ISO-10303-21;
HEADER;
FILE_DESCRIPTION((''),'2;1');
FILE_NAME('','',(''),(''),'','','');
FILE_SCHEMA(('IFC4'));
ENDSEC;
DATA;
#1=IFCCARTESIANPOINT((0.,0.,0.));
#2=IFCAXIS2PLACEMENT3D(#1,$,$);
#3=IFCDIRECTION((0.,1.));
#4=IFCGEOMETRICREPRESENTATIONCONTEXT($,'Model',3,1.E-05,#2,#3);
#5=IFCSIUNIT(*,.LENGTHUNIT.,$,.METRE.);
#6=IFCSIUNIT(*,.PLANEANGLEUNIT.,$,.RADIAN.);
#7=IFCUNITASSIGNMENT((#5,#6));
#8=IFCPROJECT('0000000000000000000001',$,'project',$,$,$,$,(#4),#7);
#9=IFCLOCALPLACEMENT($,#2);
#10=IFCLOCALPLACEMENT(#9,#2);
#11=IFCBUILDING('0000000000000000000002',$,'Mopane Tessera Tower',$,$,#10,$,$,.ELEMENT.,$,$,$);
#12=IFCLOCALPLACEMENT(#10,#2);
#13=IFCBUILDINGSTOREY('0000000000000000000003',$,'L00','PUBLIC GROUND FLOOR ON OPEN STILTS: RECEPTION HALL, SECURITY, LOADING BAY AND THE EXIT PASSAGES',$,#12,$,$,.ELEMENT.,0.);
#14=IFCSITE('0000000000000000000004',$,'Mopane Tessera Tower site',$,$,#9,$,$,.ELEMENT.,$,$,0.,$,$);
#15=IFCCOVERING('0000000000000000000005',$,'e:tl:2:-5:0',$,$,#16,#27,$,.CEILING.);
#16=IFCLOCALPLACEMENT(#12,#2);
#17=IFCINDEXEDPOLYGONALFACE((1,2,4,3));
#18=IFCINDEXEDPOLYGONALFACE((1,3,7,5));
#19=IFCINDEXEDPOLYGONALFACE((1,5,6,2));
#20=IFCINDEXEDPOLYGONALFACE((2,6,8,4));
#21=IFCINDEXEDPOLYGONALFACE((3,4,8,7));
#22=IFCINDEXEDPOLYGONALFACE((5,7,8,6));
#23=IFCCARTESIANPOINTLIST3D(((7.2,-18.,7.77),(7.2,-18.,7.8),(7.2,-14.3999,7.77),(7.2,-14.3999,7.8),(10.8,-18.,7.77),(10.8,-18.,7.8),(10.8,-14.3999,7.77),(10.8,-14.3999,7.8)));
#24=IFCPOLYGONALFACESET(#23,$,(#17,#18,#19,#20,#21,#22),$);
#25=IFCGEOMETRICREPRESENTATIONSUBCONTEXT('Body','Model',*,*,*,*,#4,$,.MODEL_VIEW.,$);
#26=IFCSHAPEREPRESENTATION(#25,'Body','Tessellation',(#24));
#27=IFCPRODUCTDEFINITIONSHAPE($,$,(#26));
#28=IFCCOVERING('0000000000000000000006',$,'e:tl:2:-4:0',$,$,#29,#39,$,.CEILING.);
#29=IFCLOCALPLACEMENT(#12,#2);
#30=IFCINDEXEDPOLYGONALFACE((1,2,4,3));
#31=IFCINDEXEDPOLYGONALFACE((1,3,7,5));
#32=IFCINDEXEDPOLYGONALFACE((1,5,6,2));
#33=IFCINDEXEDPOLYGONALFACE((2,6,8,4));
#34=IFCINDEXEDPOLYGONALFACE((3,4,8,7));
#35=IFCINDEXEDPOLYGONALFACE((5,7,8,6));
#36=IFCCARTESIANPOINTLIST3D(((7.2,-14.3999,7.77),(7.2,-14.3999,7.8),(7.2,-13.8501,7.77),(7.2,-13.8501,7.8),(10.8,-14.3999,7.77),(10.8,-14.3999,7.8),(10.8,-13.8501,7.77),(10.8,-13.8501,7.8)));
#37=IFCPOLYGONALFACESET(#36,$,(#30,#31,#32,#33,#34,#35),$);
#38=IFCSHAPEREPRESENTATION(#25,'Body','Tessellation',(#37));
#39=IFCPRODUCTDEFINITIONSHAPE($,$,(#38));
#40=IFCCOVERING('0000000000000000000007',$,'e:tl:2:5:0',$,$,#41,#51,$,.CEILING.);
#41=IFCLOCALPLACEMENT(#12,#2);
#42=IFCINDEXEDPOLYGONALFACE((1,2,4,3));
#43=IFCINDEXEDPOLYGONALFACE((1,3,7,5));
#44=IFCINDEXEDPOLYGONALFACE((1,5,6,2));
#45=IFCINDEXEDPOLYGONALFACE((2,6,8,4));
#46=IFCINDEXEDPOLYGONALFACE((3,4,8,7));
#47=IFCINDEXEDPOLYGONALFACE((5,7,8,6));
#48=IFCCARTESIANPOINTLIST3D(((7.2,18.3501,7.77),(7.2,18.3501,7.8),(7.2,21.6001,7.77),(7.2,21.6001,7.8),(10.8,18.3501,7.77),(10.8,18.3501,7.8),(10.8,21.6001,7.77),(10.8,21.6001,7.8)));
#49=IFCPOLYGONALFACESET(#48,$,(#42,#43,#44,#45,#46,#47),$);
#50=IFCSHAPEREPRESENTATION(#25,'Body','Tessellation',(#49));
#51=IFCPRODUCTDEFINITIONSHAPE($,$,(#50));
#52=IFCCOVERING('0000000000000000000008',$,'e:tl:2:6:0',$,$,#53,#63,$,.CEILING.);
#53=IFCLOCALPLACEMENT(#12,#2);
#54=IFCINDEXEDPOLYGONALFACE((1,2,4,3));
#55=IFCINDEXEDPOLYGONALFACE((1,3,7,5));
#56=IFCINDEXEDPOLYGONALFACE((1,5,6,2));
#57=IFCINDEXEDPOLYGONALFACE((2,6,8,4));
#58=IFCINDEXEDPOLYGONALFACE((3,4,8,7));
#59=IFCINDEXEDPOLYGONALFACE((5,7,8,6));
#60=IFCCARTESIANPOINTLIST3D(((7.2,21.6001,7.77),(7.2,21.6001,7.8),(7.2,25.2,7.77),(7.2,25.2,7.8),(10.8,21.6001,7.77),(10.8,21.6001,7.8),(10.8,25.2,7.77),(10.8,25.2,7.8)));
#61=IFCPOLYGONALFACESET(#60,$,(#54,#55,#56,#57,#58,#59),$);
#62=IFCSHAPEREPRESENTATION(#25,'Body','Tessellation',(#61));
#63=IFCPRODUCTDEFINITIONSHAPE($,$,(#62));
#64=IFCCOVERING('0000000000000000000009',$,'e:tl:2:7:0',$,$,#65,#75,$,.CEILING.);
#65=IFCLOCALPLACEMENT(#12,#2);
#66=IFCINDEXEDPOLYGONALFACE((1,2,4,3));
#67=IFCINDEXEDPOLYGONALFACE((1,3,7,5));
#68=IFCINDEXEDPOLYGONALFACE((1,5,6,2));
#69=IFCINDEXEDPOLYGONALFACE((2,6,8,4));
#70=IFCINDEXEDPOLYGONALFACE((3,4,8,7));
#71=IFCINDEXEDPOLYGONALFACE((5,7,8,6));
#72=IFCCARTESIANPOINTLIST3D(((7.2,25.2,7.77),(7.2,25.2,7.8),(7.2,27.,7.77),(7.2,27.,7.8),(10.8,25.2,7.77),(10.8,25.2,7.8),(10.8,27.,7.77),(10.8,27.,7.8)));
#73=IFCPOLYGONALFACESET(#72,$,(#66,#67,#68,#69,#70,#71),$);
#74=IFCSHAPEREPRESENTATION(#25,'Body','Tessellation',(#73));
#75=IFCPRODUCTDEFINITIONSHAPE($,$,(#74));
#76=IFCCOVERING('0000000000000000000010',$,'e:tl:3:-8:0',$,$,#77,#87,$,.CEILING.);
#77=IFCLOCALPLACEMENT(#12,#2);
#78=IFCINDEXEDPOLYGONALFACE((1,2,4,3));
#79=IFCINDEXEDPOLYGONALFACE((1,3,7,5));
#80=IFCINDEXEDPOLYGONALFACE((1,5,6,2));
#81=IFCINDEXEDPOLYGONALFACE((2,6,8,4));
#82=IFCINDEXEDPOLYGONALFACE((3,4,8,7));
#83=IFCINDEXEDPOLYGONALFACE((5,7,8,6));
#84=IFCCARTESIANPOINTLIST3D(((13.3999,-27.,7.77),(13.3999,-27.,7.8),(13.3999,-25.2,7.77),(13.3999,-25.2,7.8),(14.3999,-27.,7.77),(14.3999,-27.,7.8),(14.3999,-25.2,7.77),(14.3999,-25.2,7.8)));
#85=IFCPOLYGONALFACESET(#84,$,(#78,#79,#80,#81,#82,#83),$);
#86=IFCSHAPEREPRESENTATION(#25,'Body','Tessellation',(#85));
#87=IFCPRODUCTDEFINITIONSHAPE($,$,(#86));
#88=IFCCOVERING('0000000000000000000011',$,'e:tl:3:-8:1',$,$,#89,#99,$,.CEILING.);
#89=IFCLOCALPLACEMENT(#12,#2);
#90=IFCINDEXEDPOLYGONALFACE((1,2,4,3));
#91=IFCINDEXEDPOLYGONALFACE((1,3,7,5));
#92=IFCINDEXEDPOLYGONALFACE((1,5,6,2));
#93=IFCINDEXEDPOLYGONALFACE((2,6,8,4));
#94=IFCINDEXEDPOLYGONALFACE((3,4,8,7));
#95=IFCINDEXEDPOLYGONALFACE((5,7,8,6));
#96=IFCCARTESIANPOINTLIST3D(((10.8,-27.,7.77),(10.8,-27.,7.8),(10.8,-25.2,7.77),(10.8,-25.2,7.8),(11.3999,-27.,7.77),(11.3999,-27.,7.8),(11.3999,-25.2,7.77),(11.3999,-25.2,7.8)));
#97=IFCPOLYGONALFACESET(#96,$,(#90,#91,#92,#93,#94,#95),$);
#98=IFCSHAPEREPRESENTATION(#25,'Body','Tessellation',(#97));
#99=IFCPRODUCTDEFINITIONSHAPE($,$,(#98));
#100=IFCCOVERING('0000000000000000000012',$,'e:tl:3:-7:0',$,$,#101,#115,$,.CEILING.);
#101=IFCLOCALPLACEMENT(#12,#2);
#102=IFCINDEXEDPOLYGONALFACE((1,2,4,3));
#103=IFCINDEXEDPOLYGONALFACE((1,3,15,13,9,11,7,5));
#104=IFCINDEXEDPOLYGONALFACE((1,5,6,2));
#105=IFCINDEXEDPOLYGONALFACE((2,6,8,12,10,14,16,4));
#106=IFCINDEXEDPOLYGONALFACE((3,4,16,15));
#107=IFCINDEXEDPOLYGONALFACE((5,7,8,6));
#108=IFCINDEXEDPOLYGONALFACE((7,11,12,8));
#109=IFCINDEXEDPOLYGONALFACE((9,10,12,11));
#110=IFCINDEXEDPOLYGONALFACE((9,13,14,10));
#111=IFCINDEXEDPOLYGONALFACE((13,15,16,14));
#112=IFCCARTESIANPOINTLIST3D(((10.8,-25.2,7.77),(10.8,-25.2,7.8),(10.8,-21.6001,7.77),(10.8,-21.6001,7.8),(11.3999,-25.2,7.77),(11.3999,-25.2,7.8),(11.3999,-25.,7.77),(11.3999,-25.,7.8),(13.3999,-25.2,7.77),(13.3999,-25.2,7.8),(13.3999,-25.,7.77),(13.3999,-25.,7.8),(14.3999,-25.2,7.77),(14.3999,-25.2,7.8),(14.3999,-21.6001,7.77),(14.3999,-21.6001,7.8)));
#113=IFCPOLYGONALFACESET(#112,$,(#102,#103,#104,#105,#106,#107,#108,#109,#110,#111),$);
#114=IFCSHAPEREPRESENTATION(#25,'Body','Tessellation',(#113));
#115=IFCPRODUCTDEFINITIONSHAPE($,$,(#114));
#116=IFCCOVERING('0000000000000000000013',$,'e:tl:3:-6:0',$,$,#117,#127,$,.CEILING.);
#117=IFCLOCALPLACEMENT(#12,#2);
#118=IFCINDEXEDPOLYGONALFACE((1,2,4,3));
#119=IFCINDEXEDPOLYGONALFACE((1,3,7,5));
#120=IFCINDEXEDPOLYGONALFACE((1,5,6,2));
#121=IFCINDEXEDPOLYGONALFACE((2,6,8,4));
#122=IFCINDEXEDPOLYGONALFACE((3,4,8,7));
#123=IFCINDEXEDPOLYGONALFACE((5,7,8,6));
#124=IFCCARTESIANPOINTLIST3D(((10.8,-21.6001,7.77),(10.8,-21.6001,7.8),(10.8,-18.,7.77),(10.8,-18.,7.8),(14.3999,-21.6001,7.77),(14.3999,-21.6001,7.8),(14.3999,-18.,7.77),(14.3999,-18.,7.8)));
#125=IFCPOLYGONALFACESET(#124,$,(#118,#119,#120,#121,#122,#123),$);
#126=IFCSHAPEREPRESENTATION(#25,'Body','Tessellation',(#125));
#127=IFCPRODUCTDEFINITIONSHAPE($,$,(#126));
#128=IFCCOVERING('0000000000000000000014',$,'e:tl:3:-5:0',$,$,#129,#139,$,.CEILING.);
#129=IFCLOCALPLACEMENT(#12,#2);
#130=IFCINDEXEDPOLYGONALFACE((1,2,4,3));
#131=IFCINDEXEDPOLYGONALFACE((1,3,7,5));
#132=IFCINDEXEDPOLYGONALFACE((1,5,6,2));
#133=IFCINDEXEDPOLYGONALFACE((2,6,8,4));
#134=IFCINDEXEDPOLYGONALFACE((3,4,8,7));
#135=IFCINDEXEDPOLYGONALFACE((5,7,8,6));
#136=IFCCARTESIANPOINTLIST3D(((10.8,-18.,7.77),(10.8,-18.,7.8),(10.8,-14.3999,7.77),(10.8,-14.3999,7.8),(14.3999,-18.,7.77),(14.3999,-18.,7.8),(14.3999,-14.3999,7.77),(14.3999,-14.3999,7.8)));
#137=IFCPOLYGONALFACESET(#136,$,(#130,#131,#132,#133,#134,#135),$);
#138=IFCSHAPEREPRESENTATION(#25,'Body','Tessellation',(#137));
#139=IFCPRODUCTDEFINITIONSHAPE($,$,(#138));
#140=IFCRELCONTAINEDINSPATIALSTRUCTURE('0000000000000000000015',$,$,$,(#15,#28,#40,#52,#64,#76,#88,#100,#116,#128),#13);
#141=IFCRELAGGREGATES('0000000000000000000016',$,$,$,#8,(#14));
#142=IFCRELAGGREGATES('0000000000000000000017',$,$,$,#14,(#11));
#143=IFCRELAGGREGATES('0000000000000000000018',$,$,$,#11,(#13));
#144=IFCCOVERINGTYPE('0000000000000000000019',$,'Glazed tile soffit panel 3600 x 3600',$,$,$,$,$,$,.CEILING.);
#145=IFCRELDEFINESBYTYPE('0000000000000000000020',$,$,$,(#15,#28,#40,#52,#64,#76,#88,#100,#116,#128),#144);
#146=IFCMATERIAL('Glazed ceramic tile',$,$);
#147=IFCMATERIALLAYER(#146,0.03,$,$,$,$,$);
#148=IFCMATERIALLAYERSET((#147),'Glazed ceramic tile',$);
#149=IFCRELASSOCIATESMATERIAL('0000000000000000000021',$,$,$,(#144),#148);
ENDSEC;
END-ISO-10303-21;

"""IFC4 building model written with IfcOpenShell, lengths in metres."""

from ifc_helpers import new_model, si_unit, direction, frame, origin, place, context, subcontext, project, spatial, polyline, outline, extrude, material, layer, layer_set, type_object, element, save


model = new_model("IFC4")

# Units and contexts
model_context = context("Model", 3, precision=1e-05, world=origin(), true_north=direction((0.0, 1.0)))
body_context = subcontext(model_context, "Body", "Model", "MODEL_VIEW")
ifc_project = project(units=[si_unit("LENGTHUNIT", "METRE"), si_unit("PLANEANGLEUNIT", "RADIAN")], contexts=[model_context])

# Site, building, storey
site_placement = place(None, origin())
site = spatial("IfcSite", under=ifc_project, at=site_placement, Name="Mopane Tessera Tower site", CompositionType="ELEMENT", RefElevation=0.0)
building_placement = place(site_placement, origin())
building = spatial("IfcBuilding", under=site, at=building_placement, Name="Mopane Tessera Tower", CompositionType="ELEMENT")
storey_placement = place(building_placement, origin())
storey = spatial("IfcBuildingStorey", under=building, at=storey_placement, Name="L00", Description="PUBLIC GROUND FLOOR ON OPEN STILTS: RECEPTION HALL, SECURITY, LOADING BAY AND THE EXIT PASSAGES", CompositionType="ELEMENT", Elevation=0.0)

# Coverings
ifc_material = material(Name="Glazed ceramic tile")
ifc_layer = layer(ifc_material, 0.03)
ifc_layer_set = layer_set([ifc_layer], Name="Glazed ceramic tile")
covering_type = type_object("IfcCoveringType", Name="Glazed tile soffit panel 3600 x 3600", PredefinedType="CEILING", material=ifc_layer_set)
covering_1_placement = place(storey_placement, frame((0.0, 0.0, 7.77)))
element("IfcCovering", 1, at=covering_1_placement, inside=storey, type_object=covering_type, Name="e:tl:2:-5:0", PredefinedType="CEILING", context=body_context, shape_type="SweptSolid", body=[
    extrude(outline(polyline([(7.2, -18.0), (7.2, -14.3999), (10.8, -14.3999), (10.8, -18.0), (7.2, -18.0)])), origin(), (0.0, 0.0, 1.0), 0.03),
])
covering_2_placement = place(storey_placement, frame((0.0, 0.0, 7.77)))
element("IfcCovering", 2, at=covering_2_placement, inside=storey, type_object=covering_type, Name="e:tl:2:-4:0", PredefinedType="CEILING", context=body_context, shape_type="SweptSolid", body=[
    extrude(outline(polyline([(10.8, -13.8501), (10.8, -14.3999), (7.2, -14.3999), (7.2, -13.8501), (10.8, -13.8501)])), origin(), (0.0, 0.0, 1.0), 0.03),
])
covering_3_placement = place(storey_placement, frame((0.0, 0.0, 7.77)))
element("IfcCovering", 3, at=covering_3_placement, inside=storey, type_object=covering_type, Name="e:tl:2:5:0", PredefinedType="CEILING", context=body_context, shape_type="SweptSolid", body=[
    extrude(outline(polyline([(7.2, 18.3501), (7.2, 21.6001), (10.8, 21.6001), (10.8, 18.3501), (7.2, 18.3501)])), origin(), (0.0, 0.0, 1.0), 0.03),
])
covering_4_placement = place(storey_placement, frame((0.0, 0.0, 7.77)))
element("IfcCovering", 4, at=covering_4_placement, inside=storey, type_object=covering_type, Name="e:tl:2:6:0", PredefinedType="CEILING", context=body_context, shape_type="SweptSolid", body=[
    extrude(outline(polyline([(7.2, 21.6001), (7.2, 25.2), (10.8, 25.2), (10.8, 21.6001), (7.2, 21.6001)])), origin(), (0.0, 0.0, 1.0), 0.03),
])
covering_5_placement = place(storey_placement, frame((0.0, 0.0, 7.77)))
element("IfcCovering", 5, at=covering_5_placement, inside=storey, type_object=covering_type, Name="e:tl:2:7:0", PredefinedType="CEILING", context=body_context, shape_type="SweptSolid", body=[
    extrude(outline(polyline([(10.8, 27.0), (10.8, 25.2), (7.2, 25.2), (7.2, 27.0), (10.8, 27.0)])), origin(), (0.0, 0.0, 1.0), 0.03),
])
covering_6_placement = place(storey_placement, frame((0.0, 0.0, 7.77)))
element("IfcCovering", 6, at=covering_6_placement, inside=storey, type_object=covering_type, Name="e:tl:3:-8:0", PredefinedType="CEILING", context=body_context, shape_type="SweptSolid", body=[
    extrude(outline(polyline([(13.3999, -27.0), (13.3999, -25.2), (14.3999, -25.2), (14.3999, -27.0), (13.3999, -27.0)])), origin(), (0.0, 0.0, 1.0), 0.03),
])
covering_7_placement = place(storey_placement, frame((0.0, 0.0, 7.77)))
element("IfcCovering", 7, at=covering_7_placement, inside=storey, type_object=covering_type, Name="e:tl:3:-8:1", PredefinedType="CEILING", context=body_context, shape_type="SweptSolid", body=[
    extrude(outline(polyline([(11.3999, -27.0), (10.8, -27.0), (10.8, -25.2), (11.3999, -25.2), (11.3999, -27.0)])), origin(), (0.0, 0.0, 1.0), 0.03),
])
covering_8_placement = place(storey_placement, frame((0.0, 0.0, 7.77)))
element("IfcCovering", 8, at=covering_8_placement, inside=storey, type_object=covering_type, Name="e:tl:3:-7:0", PredefinedType="CEILING", context=body_context, shape_type="SweptSolid", body=[
    extrude(outline(polyline([(13.3999, -25.0), (11.3999, -25.0), (11.3999, -25.2), (10.8, -25.2), (10.8, -21.6001), (14.3999, -21.6001), (14.3999, -25.2), (13.3999, -25.2), (13.3999, -25.0)])), origin(), (0.0, 0.0, 1.0), 0.03),
])
covering_9_placement = place(storey_placement, frame((0.0, 0.0, 7.77)))
element("IfcCovering", 9, at=covering_9_placement, inside=storey, type_object=covering_type, Name="e:tl:3:-6:0", PredefinedType="CEILING", context=body_context, shape_type="SweptSolid", body=[
    extrude(outline(polyline([(10.8, -21.6001), (10.8, -18.0), (14.3999, -18.0), (14.3999, -21.6001), (10.8, -21.6001)])), origin(), (0.0, 0.0, 1.0), 0.03),
])
covering_10_placement = place(storey_placement, frame((0.0, 0.0, 7.77)))
element("IfcCovering", 10, at=covering_10_placement, inside=storey, type_object=covering_type, Name="e:tl:3:-5:0", PredefinedType="CEILING", context=body_context, shape_type="SweptSolid", body=[
    extrude(outline(polyline([(10.8, -18.0), (10.8, -14.3999), (14.3999, -14.3999), (14.3999, -18.0), (10.8, -18.0)])), origin(), (0.0, 0.0, 1.0), 0.03),
])

save(model, "model.ifc")
